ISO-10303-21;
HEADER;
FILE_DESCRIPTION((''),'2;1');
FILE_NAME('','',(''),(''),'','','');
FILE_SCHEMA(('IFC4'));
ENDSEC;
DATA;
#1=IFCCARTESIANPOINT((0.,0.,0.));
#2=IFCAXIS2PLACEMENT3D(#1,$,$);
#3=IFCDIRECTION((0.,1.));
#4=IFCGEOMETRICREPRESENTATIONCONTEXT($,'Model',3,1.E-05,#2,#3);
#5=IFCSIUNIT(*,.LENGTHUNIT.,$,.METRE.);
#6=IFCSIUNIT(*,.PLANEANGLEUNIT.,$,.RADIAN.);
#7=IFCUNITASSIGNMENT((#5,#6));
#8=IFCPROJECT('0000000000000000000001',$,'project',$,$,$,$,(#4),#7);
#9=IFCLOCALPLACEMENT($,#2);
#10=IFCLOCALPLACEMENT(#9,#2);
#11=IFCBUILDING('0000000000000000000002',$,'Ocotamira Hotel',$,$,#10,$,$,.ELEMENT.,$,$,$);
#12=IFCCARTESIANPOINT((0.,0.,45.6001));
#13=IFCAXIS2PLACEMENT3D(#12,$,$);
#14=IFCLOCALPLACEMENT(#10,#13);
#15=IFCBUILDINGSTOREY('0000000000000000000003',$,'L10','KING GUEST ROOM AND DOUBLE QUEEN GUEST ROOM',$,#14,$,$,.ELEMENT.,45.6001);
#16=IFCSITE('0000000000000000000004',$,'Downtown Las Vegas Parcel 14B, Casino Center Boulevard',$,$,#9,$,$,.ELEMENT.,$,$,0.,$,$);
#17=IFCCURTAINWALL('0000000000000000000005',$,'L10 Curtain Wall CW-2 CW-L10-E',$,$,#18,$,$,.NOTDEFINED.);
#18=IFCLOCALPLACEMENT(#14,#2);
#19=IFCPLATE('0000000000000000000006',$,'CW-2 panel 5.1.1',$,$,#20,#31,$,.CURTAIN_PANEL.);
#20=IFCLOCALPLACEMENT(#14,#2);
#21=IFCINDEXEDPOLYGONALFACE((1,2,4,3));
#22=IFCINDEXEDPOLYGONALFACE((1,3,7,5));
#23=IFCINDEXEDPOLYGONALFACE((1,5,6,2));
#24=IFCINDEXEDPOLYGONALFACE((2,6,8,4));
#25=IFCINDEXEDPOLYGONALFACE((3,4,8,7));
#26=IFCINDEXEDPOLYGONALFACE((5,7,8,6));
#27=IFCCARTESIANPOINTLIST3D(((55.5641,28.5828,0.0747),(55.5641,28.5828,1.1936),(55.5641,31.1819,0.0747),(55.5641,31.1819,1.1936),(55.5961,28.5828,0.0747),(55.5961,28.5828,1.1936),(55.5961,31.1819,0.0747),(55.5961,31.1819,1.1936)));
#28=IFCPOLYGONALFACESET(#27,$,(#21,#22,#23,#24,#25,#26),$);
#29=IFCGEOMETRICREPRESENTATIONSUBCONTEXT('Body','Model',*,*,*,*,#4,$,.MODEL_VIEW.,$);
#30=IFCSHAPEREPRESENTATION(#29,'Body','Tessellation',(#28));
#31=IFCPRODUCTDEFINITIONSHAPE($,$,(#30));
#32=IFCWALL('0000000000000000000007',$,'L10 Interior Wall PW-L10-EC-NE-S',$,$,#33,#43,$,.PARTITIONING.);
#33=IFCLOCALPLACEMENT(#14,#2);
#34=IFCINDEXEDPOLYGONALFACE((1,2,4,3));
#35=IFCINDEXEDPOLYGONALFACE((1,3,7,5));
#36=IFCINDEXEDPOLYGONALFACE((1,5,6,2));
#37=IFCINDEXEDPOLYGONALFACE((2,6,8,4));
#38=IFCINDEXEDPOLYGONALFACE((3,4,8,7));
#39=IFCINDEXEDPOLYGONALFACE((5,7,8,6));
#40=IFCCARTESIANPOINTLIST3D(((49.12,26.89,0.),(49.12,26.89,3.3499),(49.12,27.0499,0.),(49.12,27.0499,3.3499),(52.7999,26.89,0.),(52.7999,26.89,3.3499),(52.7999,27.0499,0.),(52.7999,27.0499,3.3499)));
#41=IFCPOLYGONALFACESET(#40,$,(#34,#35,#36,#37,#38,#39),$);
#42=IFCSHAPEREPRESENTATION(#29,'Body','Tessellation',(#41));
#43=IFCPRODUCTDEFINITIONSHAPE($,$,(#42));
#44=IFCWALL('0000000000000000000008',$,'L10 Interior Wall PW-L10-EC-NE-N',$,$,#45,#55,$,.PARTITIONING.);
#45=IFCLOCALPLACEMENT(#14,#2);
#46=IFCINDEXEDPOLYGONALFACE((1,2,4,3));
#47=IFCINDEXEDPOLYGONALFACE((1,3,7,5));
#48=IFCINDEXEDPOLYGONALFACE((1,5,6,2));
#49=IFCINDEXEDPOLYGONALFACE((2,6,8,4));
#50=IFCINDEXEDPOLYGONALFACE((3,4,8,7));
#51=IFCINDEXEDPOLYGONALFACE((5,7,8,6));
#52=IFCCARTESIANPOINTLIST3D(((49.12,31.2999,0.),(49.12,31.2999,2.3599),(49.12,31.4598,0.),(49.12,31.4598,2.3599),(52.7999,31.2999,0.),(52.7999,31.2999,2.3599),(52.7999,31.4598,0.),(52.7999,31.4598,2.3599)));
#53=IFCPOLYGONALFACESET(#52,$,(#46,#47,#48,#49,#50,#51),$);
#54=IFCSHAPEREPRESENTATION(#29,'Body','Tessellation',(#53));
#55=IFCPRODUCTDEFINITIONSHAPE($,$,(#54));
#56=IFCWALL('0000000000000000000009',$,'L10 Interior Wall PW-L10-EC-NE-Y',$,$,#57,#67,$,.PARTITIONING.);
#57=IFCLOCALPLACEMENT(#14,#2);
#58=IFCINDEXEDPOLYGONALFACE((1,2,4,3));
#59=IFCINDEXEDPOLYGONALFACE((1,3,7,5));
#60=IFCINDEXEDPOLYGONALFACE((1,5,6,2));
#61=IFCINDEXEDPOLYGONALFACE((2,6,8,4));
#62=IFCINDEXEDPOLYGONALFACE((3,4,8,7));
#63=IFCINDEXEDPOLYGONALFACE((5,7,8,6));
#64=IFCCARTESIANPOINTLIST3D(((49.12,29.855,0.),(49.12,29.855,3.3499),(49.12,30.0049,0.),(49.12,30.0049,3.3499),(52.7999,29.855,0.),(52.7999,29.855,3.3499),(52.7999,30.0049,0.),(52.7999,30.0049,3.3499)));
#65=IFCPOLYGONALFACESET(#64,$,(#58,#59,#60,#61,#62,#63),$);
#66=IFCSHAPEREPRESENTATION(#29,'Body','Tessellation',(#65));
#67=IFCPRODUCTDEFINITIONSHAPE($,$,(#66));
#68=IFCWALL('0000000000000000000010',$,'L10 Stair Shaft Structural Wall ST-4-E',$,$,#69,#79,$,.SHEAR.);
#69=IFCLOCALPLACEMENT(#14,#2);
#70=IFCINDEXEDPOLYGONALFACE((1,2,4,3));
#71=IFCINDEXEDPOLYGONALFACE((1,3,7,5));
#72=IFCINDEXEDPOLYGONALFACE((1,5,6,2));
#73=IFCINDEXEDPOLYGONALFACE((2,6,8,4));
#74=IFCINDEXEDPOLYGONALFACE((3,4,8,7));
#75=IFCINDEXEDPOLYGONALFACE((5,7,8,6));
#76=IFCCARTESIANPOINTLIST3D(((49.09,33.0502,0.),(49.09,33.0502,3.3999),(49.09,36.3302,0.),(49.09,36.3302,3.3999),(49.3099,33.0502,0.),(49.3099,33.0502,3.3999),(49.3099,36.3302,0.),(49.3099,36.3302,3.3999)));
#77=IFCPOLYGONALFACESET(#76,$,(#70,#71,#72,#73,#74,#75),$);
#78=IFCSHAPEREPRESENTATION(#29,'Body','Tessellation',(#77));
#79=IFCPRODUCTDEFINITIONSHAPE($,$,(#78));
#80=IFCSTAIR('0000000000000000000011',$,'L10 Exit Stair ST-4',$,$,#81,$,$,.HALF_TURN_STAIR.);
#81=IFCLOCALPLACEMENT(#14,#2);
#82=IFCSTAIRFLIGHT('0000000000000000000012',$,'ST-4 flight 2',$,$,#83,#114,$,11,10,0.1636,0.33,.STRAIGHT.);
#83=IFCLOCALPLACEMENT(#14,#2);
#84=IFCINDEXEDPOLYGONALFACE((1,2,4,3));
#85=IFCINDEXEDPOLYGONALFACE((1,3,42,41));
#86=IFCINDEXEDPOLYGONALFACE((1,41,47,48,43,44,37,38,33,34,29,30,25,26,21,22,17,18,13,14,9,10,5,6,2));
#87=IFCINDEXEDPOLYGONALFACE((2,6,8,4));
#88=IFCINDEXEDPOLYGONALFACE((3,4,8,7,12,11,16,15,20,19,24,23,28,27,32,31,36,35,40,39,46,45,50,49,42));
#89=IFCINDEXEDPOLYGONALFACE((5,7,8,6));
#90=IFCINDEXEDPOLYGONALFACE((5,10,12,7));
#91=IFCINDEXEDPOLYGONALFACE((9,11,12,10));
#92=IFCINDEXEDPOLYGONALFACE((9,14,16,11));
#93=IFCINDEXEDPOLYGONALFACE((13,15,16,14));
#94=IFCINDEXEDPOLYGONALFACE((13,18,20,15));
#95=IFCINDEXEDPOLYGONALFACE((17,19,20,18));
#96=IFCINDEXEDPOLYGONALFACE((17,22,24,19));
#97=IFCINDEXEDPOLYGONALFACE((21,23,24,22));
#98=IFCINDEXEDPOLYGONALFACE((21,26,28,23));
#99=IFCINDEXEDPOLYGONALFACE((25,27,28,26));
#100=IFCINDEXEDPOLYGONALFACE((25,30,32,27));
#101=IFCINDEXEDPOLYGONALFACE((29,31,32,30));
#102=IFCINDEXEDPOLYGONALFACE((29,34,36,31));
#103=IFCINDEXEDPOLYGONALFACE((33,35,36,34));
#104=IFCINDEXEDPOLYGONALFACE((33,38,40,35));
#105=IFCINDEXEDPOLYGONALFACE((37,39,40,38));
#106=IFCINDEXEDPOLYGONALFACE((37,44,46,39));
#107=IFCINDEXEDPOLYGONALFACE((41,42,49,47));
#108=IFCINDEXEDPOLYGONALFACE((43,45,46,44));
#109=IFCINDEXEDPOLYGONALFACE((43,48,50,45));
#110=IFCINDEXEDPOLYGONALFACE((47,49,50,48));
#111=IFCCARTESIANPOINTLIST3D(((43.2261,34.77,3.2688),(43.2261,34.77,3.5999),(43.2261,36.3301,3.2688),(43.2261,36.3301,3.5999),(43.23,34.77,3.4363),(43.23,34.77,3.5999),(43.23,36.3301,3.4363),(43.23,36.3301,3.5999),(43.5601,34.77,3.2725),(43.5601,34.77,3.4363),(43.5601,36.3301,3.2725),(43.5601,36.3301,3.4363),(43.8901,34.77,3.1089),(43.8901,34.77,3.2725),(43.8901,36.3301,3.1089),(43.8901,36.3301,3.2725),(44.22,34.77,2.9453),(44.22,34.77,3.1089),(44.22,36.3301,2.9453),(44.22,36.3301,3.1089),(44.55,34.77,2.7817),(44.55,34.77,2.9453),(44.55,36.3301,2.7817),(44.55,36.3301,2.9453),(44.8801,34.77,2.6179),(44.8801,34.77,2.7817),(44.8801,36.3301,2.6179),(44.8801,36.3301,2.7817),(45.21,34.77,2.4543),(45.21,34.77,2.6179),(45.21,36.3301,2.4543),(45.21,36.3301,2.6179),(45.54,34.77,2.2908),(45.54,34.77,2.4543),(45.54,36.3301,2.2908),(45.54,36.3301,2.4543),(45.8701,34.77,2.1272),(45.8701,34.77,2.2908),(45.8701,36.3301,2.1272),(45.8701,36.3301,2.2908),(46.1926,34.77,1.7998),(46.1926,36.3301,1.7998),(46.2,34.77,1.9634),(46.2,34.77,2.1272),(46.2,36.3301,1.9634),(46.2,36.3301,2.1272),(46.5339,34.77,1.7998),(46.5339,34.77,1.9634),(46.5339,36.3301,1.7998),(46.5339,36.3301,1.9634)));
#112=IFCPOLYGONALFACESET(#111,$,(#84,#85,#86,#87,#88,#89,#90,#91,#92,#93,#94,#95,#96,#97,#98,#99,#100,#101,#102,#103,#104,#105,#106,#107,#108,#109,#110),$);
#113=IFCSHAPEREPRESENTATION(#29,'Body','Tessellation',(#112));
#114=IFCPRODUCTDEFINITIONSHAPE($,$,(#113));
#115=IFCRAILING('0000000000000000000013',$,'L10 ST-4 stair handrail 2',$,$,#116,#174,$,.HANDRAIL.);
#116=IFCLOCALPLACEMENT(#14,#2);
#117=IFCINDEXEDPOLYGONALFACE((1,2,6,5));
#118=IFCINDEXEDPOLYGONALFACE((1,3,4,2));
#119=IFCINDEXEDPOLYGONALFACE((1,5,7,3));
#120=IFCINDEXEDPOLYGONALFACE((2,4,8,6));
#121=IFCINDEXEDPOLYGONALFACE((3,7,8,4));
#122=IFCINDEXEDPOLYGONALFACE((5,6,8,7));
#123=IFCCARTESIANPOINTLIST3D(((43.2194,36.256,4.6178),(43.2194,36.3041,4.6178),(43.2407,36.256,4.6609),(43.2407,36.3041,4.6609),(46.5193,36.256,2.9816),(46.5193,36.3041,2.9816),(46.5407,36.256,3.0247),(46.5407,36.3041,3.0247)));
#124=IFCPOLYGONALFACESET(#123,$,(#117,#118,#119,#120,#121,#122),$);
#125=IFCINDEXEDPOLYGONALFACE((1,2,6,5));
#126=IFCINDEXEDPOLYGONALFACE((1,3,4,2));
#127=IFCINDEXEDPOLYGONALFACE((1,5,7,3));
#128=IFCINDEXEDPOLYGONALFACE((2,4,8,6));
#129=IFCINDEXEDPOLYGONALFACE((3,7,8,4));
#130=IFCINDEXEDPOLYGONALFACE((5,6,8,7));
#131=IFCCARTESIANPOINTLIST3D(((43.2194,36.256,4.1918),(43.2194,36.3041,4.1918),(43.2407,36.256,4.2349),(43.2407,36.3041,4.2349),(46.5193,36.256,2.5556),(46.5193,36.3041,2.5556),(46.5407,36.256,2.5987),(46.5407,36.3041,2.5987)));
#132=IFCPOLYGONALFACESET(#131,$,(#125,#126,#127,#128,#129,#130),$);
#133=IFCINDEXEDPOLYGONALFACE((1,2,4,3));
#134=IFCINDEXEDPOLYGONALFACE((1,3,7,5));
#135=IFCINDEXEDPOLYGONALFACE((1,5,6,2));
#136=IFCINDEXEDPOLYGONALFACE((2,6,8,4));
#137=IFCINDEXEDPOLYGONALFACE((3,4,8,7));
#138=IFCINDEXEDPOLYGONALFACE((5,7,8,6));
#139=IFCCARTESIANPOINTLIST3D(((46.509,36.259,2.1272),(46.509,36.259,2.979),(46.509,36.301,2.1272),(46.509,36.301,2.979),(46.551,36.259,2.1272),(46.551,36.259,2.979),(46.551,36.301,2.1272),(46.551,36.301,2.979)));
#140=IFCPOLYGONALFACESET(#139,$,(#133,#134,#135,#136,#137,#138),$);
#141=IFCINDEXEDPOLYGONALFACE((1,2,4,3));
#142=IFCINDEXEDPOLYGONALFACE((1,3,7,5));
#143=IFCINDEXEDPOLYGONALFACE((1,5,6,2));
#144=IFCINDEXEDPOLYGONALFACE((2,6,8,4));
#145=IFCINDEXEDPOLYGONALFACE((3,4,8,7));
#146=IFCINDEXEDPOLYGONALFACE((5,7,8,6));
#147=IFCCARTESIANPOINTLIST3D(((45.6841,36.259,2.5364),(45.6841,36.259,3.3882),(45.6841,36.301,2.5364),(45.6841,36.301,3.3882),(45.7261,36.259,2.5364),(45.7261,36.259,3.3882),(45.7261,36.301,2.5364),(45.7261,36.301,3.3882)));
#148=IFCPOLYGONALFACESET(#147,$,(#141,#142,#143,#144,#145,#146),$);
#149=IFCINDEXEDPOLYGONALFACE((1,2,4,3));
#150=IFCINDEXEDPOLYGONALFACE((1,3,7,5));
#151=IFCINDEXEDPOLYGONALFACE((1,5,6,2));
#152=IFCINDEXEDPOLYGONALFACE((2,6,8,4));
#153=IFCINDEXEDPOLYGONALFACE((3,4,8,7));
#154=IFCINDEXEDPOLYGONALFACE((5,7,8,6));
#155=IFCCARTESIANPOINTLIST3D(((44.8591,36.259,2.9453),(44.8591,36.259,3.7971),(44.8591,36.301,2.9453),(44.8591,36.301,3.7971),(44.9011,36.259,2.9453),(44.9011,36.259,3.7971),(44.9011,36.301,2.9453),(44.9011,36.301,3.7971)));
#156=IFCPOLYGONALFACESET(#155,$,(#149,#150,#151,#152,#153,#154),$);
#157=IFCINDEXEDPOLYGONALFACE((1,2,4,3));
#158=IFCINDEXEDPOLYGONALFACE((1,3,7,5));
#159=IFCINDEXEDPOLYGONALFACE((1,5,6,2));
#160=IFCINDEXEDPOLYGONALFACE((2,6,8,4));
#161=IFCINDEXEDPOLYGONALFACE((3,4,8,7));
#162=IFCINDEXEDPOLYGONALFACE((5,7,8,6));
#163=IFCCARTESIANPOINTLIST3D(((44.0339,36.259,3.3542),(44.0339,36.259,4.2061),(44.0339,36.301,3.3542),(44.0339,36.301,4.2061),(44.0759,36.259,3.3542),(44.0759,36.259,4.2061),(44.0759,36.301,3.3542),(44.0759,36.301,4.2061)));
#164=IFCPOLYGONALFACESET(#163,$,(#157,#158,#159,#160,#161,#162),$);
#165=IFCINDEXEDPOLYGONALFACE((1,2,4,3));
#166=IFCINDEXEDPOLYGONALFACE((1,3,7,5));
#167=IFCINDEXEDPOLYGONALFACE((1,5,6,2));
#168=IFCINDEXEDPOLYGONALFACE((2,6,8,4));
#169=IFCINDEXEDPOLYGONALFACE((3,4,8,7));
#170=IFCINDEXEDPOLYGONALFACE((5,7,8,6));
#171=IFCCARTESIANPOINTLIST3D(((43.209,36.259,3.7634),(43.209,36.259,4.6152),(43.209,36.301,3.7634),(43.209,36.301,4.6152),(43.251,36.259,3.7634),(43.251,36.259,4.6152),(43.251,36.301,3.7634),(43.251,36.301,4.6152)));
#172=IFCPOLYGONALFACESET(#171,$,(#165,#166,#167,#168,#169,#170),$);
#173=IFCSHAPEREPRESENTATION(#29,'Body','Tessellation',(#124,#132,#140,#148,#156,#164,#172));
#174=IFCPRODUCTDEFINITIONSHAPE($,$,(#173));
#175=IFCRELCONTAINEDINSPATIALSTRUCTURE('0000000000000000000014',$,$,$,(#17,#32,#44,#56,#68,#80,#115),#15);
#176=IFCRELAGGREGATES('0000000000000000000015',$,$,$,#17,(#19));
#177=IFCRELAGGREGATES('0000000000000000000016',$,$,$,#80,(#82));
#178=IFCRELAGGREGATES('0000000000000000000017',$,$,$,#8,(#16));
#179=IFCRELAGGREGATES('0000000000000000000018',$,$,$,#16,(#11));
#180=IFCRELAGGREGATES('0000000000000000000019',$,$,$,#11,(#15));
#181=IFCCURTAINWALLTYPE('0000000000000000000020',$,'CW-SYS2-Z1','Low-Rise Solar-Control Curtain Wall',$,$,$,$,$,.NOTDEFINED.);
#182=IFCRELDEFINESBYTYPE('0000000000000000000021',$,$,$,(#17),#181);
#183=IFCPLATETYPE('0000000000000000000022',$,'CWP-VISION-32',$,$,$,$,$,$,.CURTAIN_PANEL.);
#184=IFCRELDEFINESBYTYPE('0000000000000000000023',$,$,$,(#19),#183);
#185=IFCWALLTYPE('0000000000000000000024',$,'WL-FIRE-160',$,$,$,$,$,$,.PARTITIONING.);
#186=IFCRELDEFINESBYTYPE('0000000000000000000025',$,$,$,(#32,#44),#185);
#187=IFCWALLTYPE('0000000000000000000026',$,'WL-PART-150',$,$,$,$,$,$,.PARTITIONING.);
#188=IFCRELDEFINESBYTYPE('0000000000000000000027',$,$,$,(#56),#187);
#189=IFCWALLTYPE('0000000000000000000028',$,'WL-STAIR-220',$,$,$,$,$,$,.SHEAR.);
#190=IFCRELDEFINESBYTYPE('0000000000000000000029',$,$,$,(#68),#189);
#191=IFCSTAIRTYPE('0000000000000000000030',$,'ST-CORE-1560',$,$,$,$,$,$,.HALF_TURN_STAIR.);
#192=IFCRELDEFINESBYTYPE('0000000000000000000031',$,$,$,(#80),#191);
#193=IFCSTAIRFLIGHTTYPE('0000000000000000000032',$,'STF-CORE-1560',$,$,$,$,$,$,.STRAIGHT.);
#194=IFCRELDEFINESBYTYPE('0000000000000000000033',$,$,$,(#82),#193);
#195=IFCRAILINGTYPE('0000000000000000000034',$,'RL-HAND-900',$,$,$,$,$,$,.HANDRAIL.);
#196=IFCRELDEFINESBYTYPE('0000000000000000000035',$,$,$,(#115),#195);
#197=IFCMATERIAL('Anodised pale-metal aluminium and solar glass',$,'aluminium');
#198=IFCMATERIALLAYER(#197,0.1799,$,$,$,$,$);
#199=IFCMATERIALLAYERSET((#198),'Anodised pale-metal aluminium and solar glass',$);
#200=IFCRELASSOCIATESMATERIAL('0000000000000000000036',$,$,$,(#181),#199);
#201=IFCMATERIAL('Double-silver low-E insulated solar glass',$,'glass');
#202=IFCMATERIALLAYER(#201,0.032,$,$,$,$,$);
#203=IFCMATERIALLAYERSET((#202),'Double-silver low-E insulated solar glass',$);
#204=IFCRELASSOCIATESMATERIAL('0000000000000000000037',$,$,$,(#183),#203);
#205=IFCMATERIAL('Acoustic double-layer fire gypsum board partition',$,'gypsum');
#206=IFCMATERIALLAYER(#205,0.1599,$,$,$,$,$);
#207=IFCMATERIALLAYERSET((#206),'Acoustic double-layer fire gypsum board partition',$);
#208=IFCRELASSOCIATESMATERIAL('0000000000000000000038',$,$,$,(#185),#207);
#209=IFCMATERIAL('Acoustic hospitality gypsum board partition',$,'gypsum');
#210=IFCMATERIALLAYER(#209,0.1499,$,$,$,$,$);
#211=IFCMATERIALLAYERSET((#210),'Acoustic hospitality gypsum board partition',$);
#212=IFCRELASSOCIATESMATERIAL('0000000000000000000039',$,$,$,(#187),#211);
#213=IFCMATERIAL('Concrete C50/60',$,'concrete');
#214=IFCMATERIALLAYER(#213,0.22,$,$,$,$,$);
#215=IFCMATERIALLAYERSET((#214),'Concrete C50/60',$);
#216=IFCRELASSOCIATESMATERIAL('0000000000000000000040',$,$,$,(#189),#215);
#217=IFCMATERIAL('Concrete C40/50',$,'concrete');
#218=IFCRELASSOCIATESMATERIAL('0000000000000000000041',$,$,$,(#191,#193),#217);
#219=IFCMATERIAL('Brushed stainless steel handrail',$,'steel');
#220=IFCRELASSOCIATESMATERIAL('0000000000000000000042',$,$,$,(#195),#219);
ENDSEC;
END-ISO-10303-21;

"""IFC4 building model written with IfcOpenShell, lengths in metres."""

from ifc_helpers import new_model, si_unit, direction, frame, frame_2d, origin, origin_2d, place, context, subcontext, project, spatial, polyline, rectangle, outline, extrude, source, transform, mapped, material, layer, layer_set, type_object, element, aggregate, save


model = new_model("IFC4")

# Units and contexts
model_context = context("Model", 3, precision=1e-05, world=origin(), true_north=direction((0.0, 1.0)))
body_context = subcontext(model_context, "Body", "Model", "MODEL_VIEW")
ifc_project = project(units=[si_unit("LENGTHUNIT", "METRE"), si_unit("PLANEANGLEUNIT", "RADIAN")], contexts=[model_context])

# Site, building, storey
site_placement = place(None, origin())
site = spatial("IfcSite", under=ifc_project, at=site_placement, Name="Downtown Las Vegas Parcel 14B, Casino Center Boulevard", CompositionType="ELEMENT", RefElevation=0.0)
building_placement = place(site_placement, origin())
building = spatial("IfcBuilding", under=site, at=building_placement, Name="Ocotamira Hotel", CompositionType="ELEMENT")
storey_placement = place(building_placement, frame((0.0, 0.0, 45.6001)))
storey = spatial("IfcBuildingStorey", under=building, at=storey_placement, Name="L10", Description="KING GUEST ROOM AND DOUBLE QUEEN GUEST ROOM", CompositionType="ELEMENT", Elevation=45.6001)

# Curtain wall
ifc_material_1 = material(Name="Anodised pale-metal aluminium and solar glass", Category="aluminium")
ifc_layer_1 = layer(ifc_material_1, 0.1799)
ifc_layer_set_1 = layer_set([ifc_layer_1], Name="Anodised pale-metal aluminium and solar glass")
curtain_wall_type = type_object("IfcCurtainWallType", Name="CW-SYS2-Z1", Description="Low-Rise Solar-Control Curtain Wall", PredefinedType="NOTDEFINED", material=ifc_layer_set_1)
curtain_wall_placement = place(storey_placement, origin())
curtain_wall = element("IfcCurtainWall", 1, at=curtain_wall_placement, inside=storey, type_object=curtain_wall_type, Name="L10 Curtain Wall CW-2 CW-L10-E", PredefinedType="NOTDEFINED")

# Plate
ifc_material_2 = material(Name="Double-silver low-E insulated solar glass", Category="glass")
ifc_layer_2 = layer(ifc_material_2, 0.032)
ifc_layer_set_2 = layer_set([ifc_layer_2], Name="Double-silver low-E insulated solar glass")
plate_type_1 = type_object("IfcPlateType", Name="CWP-VISION-32", PredefinedType="CURTAIN_PANEL", material=ifc_layer_set_2)
shared_shape_1 = source(origin(), body_context, "Body", "SweptSolid", [
    extrude(rectangle(XDim=2.5991, YDim=0.032, at=origin_2d()), origin(), (0.0, 0.0, 1.0), 1.1189),
])
plate_1_placement = place(storey_placement, frame((55.5801, 29.8823, 0.0747), z_axis=(0.0, 0.0, 1.0), x_axis=(0.0, 1.0, 0.0)))
plate_1 = element("IfcPlate", 2, at=plate_1_placement, type_object=plate_type_1, Name="CW-2 panel 5.1.1", PredefinedType="CURTAIN_PANEL", context=body_context, shape_type="MappedRepresentation", body=[
    mapped(shared_shape_1, transform((0.0, 0.0, 0.0), scale=1.0)),
])
aggregate(curtain_wall, [plate_1])

# Walls
ifc_material_3 = material(Name="Acoustic double-layer fire gypsum board partition", Category="gypsum")
ifc_layer_3 = layer(ifc_material_3, 0.1599)
ifc_layer_set_3 = layer_set([ifc_layer_3], Name="Acoustic double-layer fire gypsum board partition")
wall_type_1 = type_object("IfcWallType", Name="WL-FIRE-160", PredefinedType="PARTITIONING", material=ifc_layer_set_3)
wall_1_placement = place(storey_placement, frame((49.1201, 26.97, 0.0), z_axis=(0.0, 0.0, 1.0), x_axis=(1.0, 0.0, 0.0)))
element("IfcWall", 3, at=wall_1_placement, inside=storey, type_object=wall_type_1, Name="L10 Interior Wall PW-L10-EC-NE-S", PredefinedType="PARTITIONING", context=body_context, shape_type="SweptSolid", body=[
    extrude(rectangle(XDim=3.6799, YDim=0.1599, at=frame_2d((1.8398, 0.0))), origin(), (0.0, 0.0, 1.0), 3.3499),
])
wall_2_placement = place(storey_placement, frame((49.1201, 31.3799, 0.0), z_axis=(0.0, 0.0, 1.0), x_axis=(1.0, 0.0, 0.0)))
element("IfcWall", 4, at=wall_2_placement, inside=storey, type_object=wall_type_1, Name="L10 Interior Wall PW-L10-EC-NE-N", PredefinedType="PARTITIONING", context=body_context, shape_type="SweptSolid", body=[
    extrude(rectangle(XDim=3.6799, YDim=0.1599, at=frame_2d((1.8398, 0.0))), origin(), (0.0, 0.0, 1.0), 2.3599),
])

# Walls
ifc_material_4 = material(Name="Acoustic hospitality gypsum board partition", Category="gypsum")
ifc_layer_4 = layer(ifc_material_4, 0.1499)
ifc_layer_set_4 = layer_set([ifc_layer_4], Name="Acoustic hospitality gypsum board partition")
wall_type_2 = type_object("IfcWallType", Name="WL-PART-150", PredefinedType="PARTITIONING", material=ifc_layer_set_4)
wall_3_placement = place(storey_placement, frame((49.1201, 29.9299, 0.0), z_axis=(0.0, 0.0, 1.0), x_axis=(1.0, 0.0, 0.0)))
element("IfcWall", 5, at=wall_3_placement, inside=storey, type_object=wall_type_2, Name="L10 Interior Wall PW-L10-EC-NE-Y", PredefinedType="PARTITIONING", context=body_context, shape_type="SweptSolid", body=[
    extrude(rectangle(XDim=3.6799, YDim=0.1499, at=frame_2d((1.8398, 0.0))), origin(), (0.0, 0.0, 1.0), 3.3499),
])
ifc_material_5 = material(Name="Concrete C50/60", Category="concrete")
ifc_layer_5 = layer(ifc_material_5, 0.22)
ifc_layer_set_5 = layer_set([ifc_layer_5], Name="Concrete C50/60")
wall_type_3 = type_object("IfcWallType", Name="WL-STAIR-220", PredefinedType="SHEAR", material=ifc_layer_set_5)
wall_4_placement = place(storey_placement, frame((49.2, 33.05, 0.0), z_axis=(0.0, 0.0, 1.0), x_axis=(0.0, 1.0, 0.0)))
element("IfcWall", 6, at=wall_4_placement, inside=storey, type_object=wall_type_3, Name="L10 Stair Shaft Structural Wall ST-4-E", PredefinedType="SHEAR", context=body_context, shape_type="SweptSolid", body=[
    extrude(rectangle(XDim=3.28, YDim=0.22, at=frame_2d((1.6401, 0.0))), origin(), (0.0, 0.0, 1.0), 3.3999),
])

# Stair, stair flight
ifc_material_6 = material(Name="Concrete C40/50", Category="concrete")
stair_type = type_object("IfcStairType", Name="ST-CORE-1560", PredefinedType="HALF_TURN_STAIR", material=ifc_material_6)
stair_placement = place(storey_placement, origin())
stair = element("IfcStair", 7, at=stair_placement, inside=storey, type_object=stair_type, Name="L10 Exit Stair ST-4", PredefinedType="HALF_TURN_STAIR")
stair_flight_type = type_object("IfcStairFlightType", Name="STF-CORE-1560", PredefinedType="STRAIGHT", material=ifc_material_6)
shared_shape_2 = source(origin(), body_context, "Body", "SweptSolid", [
    extrude(outline(polyline([(-0.0039, 0.0), (-0.0039, 0.1636), (0.3301, 0.1636), (0.3301, 0.3274), (0.6599, 0.3274), (0.6599, 0.491), (0.99, 0.491), (0.99, 0.6545), (1.3201, 0.6545), (1.3201, 0.8181), (1.6499, 0.8181), (1.6499, 0.9819), (1.98, 0.9819), (1.98, 1.1455), (2.3101, 1.1455), (2.3101, 1.3091), (2.6399, 1.3091), (2.6399, 1.4727), (2.97, 1.4727), (2.97, 1.6365), (3.3, 1.6365), (3.3, 1.8), (3.304, 1.8), (3.304, 1.469), (0.3374, 0.0), (-0.0039, 0.0)])), frame((0.0, 0.78, 0.0), z_axis=(0.0, -1.0, 0.0), x_axis=(1.0, 0.0, 0.0)), (0.0, 0.0, 1.0), 1.5601),
])
stair_flight_placement = place(storey_placement, frame((46.53, 35.55, 1.7998), z_axis=(0.0, 0.0, 1.0), x_axis=(-1.0, 0.0, 0.0)))
stair_flight = element("IfcStairFlight", 8, at=stair_flight_placement, type_object=stair_flight_type, Name="ST-4 flight 2", NumberOfRisers=11, NumberOfTreads=10, PredefinedType="STRAIGHT", RiserHeight=0.1636, TreadLength=0.33, context=body_context, shape_type="MappedRepresentation", body=[
    mapped(shared_shape_2, transform((0.0, 0.0, 0.0), scale=1.0)),
])
aggregate(stair, [stair_flight])

# Railing
ifc_material_7 = material(Name="Brushed stainless steel handrail", Category="steel")
railing_type_1 = type_object("IfcRailingType", Name="RL-HAND-900", PredefinedType="HANDRAIL", material=ifc_material_7)
railing_1_placement = place(storey_placement, frame((46.53, 36.28, 2.1272)))
element("IfcRailing", 9, at=railing_1_placement, inside=storey, type_object=railing_type_1, Name="L10 ST-4 stair handrail 2", PredefinedType="HANDRAIL", context=body_context, shape_type="SweptSolid", body=[
    extrude(rectangle(XDim=0.0481, YDim=0.0481, at=origin_2d()), frame((0.0, 0.0, 0.876), z_axis=(-0.89592, 0.0, 0.444215), x_axis=(0.0, -1.0, 0.0)), (0.0, 0.0, 1.0), 3.6833),
    extrude(rectangle(XDim=0.0481, YDim=0.0481, at=origin_2d()), frame((0.0, 0.0, 0.45), z_axis=(-0.89592, 0.0, 0.444215), x_axis=(0.0, -1.0, 0.0)), (0.0, 0.0, 1.0), 3.6833),
    extrude(rectangle(XDim=0.042, YDim=0.042, at=origin_2d()), origin(), (0.0, 0.0, 1.0), 0.8518),
    extrude(rectangle(XDim=0.042, YDim=0.042, at=origin_2d()), frame((-0.825, 0.0, 0.4092)), (0.0, 0.0, 1.0), 0.8518),
    extrude(rectangle(XDim=0.042, YDim=0.042, at=origin_2d()), frame((-1.6499, 0.0, 0.8181)), (0.0, 0.0, 1.0), 0.8518),
    extrude(rectangle(XDim=0.042, YDim=0.042, at=origin_2d()), frame((-2.4751, 0.0, 1.2271)), (0.0, 0.0, 1.0), 0.8518),
    extrude(rectangle(XDim=0.042, YDim=0.042, at=origin_2d()), frame((-3.3, 0.0, 1.6362)), (0.0, 0.0, 1.0), 0.8518),
])

save(model, "model.ifc")
